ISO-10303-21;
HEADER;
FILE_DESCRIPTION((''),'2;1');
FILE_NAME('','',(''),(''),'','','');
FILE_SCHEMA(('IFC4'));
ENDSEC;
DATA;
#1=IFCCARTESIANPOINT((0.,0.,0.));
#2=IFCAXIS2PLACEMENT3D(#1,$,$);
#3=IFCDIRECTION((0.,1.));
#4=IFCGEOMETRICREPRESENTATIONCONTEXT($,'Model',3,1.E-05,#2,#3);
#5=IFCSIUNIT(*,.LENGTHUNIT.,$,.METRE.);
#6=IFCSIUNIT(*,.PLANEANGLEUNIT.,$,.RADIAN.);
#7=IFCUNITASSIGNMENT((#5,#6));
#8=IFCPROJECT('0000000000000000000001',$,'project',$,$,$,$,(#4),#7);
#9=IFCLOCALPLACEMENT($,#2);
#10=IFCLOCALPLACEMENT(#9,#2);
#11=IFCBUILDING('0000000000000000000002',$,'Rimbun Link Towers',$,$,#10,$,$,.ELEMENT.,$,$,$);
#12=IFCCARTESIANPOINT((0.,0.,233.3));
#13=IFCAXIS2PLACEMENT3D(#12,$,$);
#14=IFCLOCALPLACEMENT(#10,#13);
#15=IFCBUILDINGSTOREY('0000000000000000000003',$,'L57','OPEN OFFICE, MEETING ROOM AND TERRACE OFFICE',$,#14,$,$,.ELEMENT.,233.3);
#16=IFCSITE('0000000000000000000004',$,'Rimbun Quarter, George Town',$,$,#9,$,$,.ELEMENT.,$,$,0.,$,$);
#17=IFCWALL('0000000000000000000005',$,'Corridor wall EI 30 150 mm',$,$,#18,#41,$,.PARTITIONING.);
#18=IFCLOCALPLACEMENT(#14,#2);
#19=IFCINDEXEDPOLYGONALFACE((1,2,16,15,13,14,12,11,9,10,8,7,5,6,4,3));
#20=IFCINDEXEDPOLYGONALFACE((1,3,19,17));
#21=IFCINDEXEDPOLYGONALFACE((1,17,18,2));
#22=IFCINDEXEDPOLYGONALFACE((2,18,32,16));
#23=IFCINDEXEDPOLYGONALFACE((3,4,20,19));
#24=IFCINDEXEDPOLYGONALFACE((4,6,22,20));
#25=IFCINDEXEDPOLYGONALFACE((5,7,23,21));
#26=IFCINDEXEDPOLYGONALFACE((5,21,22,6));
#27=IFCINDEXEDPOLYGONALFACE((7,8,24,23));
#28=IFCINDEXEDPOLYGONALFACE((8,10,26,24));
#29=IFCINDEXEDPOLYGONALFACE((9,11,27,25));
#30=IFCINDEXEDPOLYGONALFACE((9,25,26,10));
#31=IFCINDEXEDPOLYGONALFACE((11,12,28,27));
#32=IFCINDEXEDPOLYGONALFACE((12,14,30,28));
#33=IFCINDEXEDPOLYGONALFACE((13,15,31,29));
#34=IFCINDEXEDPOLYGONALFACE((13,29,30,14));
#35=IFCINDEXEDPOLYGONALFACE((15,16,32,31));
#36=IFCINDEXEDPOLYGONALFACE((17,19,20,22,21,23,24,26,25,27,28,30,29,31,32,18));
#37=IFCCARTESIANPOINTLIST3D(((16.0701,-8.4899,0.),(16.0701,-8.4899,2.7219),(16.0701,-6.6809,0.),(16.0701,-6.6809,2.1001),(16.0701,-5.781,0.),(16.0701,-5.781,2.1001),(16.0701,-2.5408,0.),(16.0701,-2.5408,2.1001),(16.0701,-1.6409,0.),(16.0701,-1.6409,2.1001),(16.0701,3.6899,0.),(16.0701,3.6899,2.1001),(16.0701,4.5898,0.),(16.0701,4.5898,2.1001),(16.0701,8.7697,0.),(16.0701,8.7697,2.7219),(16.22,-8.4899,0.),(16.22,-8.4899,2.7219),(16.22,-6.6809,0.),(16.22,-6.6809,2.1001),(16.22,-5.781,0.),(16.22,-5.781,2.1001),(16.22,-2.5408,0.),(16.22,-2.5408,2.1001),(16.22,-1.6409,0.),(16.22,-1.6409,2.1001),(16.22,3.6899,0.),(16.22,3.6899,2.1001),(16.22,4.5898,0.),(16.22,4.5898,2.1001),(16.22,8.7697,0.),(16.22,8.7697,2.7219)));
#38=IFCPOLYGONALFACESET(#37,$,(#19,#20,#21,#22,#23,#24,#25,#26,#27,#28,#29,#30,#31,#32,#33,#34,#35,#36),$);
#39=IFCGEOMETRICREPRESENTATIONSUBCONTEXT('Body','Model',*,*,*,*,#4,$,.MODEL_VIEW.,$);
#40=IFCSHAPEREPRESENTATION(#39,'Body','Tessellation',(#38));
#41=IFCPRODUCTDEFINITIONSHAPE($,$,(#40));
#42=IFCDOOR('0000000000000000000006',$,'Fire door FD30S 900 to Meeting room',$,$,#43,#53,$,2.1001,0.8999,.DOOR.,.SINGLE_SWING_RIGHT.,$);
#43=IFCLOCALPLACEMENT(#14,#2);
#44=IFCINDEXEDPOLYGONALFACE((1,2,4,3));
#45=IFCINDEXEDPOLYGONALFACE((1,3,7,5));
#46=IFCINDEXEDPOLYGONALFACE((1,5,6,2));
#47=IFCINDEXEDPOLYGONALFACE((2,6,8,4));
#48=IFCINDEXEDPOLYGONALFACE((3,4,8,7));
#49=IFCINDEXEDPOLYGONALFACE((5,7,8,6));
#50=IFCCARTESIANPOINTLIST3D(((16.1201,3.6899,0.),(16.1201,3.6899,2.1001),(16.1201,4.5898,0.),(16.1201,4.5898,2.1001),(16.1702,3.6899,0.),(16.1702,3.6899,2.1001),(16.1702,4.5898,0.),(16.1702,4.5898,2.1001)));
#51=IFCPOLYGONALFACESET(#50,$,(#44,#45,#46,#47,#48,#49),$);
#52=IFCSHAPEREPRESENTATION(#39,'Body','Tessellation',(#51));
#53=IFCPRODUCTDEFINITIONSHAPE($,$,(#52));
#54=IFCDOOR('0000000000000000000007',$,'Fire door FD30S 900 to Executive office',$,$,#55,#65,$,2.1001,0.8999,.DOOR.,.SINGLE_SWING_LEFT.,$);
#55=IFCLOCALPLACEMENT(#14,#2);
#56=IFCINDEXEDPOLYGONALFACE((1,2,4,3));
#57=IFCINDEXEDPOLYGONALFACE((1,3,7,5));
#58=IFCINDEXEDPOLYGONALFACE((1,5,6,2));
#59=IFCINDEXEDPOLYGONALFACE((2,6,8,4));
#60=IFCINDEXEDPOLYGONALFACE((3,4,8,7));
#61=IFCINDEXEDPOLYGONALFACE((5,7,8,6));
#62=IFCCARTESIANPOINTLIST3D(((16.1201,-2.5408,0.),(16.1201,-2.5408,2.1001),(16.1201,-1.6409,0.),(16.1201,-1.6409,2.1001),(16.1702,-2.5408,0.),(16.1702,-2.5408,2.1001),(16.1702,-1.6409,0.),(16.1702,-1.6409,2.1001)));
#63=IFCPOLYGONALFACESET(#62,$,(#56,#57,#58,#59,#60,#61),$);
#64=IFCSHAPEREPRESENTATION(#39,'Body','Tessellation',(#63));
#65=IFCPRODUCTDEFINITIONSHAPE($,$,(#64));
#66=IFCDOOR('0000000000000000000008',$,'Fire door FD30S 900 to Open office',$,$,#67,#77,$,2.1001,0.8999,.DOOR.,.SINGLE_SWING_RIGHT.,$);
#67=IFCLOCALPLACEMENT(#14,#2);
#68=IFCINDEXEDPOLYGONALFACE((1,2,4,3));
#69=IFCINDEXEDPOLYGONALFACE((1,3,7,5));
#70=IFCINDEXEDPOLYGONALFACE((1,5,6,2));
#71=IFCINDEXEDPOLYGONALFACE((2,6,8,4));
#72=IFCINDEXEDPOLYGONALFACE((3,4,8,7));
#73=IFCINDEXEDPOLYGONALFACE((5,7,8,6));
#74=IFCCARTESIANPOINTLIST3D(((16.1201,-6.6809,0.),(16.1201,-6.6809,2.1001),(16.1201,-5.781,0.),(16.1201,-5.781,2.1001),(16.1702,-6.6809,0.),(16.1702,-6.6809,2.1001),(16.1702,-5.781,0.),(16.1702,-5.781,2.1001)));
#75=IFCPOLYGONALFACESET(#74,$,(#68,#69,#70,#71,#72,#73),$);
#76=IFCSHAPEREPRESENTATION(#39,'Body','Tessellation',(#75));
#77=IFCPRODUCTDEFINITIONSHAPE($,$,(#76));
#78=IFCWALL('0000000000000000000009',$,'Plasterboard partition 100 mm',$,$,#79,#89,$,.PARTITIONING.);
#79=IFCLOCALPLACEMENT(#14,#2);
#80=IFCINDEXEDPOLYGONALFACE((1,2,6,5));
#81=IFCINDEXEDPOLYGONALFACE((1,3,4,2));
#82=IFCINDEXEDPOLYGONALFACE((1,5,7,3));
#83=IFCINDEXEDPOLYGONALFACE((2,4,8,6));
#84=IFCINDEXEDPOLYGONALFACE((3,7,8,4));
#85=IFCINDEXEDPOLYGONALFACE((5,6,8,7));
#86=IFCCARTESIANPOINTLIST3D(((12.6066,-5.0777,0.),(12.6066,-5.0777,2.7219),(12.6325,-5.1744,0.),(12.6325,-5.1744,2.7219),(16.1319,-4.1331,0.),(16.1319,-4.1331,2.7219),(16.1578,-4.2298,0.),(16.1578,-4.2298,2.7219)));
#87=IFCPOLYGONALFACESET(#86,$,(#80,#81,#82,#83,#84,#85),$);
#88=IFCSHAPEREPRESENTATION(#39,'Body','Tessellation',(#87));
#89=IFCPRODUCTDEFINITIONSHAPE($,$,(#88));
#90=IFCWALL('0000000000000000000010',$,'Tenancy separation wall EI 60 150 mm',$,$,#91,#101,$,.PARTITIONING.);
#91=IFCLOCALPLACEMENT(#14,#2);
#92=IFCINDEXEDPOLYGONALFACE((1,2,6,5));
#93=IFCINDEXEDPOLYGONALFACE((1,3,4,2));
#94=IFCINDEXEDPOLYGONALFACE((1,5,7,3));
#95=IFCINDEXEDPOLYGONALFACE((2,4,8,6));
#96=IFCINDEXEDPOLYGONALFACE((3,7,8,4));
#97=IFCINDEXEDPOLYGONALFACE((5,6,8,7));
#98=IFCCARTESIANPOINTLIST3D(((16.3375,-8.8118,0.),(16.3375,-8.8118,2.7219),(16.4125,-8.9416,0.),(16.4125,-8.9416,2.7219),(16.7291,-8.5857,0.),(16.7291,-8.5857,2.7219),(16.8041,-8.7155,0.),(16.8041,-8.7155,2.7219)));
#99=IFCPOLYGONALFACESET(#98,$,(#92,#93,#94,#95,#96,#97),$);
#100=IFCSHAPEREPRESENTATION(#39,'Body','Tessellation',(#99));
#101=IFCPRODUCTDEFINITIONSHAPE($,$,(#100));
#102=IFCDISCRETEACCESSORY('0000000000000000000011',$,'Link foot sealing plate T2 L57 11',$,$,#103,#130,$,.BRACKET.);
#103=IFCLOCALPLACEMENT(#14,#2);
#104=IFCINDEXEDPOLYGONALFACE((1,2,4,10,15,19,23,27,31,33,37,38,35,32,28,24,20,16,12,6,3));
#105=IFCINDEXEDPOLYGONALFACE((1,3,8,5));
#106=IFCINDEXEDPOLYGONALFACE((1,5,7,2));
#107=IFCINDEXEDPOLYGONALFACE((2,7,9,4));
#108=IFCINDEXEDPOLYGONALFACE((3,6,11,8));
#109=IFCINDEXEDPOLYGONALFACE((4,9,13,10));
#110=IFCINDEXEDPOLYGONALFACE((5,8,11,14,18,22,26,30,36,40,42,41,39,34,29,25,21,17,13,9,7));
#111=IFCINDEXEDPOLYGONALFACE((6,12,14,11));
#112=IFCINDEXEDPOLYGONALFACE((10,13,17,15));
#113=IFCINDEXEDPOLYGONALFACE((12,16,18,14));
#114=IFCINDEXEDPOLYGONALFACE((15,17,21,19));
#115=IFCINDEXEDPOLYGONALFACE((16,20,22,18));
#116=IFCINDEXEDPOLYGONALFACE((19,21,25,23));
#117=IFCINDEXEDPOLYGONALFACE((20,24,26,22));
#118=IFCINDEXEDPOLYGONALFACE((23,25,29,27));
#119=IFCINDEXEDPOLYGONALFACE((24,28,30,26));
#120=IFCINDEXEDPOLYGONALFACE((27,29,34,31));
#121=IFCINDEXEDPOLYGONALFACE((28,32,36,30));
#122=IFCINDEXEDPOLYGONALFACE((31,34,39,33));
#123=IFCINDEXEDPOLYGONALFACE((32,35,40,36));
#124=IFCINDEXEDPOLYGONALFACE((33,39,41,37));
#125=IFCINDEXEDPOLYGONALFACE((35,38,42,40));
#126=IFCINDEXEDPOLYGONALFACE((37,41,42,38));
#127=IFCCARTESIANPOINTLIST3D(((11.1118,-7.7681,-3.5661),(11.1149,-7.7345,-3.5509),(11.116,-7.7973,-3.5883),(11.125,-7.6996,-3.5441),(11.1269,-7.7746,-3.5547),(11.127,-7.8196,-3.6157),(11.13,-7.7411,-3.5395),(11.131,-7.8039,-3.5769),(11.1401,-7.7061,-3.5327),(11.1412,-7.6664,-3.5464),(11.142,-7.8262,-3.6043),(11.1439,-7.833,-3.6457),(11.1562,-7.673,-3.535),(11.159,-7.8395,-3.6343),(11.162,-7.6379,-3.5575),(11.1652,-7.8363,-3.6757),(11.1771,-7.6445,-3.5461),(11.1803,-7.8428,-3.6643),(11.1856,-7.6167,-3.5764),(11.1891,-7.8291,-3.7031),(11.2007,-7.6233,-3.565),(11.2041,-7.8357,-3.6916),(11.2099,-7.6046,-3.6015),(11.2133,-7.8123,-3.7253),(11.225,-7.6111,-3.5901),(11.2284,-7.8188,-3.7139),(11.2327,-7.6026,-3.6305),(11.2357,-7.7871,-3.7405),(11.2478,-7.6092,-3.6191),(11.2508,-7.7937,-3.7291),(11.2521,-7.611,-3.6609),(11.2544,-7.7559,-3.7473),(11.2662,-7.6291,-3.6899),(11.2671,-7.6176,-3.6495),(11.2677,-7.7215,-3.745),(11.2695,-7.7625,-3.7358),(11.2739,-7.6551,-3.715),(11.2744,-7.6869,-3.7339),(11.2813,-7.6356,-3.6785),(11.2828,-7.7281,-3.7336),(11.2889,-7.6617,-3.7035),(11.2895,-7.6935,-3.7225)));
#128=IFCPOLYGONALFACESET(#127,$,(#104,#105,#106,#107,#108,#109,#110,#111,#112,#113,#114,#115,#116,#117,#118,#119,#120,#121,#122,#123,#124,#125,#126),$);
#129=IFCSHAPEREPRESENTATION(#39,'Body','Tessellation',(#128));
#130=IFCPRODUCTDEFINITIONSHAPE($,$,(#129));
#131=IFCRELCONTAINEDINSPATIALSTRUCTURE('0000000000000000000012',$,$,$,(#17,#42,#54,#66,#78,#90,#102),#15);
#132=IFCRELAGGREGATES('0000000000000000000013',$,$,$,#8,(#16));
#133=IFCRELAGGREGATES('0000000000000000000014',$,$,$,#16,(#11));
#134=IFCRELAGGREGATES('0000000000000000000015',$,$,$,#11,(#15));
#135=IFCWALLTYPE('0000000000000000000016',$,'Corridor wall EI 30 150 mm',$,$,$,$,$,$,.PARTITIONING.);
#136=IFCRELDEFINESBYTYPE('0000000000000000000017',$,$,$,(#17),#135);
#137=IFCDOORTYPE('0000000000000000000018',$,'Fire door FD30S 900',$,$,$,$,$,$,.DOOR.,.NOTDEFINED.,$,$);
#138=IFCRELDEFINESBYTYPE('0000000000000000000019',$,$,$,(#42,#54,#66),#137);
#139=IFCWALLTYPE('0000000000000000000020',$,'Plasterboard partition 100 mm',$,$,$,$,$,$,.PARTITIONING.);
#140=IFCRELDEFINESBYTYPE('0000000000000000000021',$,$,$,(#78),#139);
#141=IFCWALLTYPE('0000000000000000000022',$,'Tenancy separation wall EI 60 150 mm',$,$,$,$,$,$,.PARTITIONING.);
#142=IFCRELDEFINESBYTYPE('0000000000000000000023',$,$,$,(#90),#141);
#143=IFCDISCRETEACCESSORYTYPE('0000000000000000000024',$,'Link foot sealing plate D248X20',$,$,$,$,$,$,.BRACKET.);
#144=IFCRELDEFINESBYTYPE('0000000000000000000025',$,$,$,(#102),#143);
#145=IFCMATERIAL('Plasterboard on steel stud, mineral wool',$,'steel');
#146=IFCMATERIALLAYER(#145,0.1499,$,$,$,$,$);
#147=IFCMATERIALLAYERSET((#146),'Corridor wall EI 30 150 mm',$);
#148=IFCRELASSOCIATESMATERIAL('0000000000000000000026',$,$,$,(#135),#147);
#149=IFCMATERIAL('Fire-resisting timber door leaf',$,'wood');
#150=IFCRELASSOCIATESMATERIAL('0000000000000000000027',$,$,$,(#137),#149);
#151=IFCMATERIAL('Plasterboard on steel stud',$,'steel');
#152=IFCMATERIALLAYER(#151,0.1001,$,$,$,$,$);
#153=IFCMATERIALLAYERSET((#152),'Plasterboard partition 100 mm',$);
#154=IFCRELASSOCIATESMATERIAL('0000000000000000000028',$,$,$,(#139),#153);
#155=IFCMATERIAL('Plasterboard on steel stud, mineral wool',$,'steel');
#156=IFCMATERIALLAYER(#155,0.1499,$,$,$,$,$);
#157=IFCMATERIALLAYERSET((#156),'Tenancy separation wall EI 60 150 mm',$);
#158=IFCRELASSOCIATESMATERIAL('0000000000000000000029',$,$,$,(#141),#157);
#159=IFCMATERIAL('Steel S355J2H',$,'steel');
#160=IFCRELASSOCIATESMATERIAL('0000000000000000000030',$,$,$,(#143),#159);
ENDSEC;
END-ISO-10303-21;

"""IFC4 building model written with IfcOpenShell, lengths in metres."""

from ifc_helpers import new_model, si_unit, direction, frame, frame_2d, origin, origin_2d, place, context, subcontext, project, spatial, rectangle, circle, extrude, material, layer, layer_set, material_profile, profile_set, type_object, element, fill, save


model = new_model("IFC4")

# Units and contexts
model_context = context("Model", 3, precision=1e-05, world=origin(), true_north=direction((0.0, 1.0)))
body_context = subcontext(model_context, "Body", "Model", "MODEL_VIEW")
ifc_project = project(units=[si_unit("LENGTHUNIT", "METRE"), si_unit("PLANEANGLEUNIT", "RADIAN")], contexts=[model_context])

# Site, building, storey
site_placement = place(None, origin())
site = spatial("IfcSite", under=ifc_project, at=site_placement, Name="Rimbun Quarter, George Town", CompositionType="ELEMENT", RefElevation=0.0)
building_placement = place(site_placement, origin())
building = spatial("IfcBuilding", under=site, at=building_placement, Name="Rimbun Link Towers", CompositionType="ELEMENT")
storey_placement = place(building_placement, frame((0.0, 0.0, 233.3)))
storey = spatial("IfcBuildingStorey", under=building, at=storey_placement, Name="L57", Description="OPEN OFFICE, MEETING ROOM AND TERRACE OFFICE", CompositionType="ELEMENT", Elevation=233.3)

# Shared definitions
ifc_material_1 = material(Name="Plasterboard on steel stud, mineral wool", Category="steel")
ifc_layer_1 = layer(ifc_material_1, 0.1499)
ifc_layer_set_1 = layer_set([ifc_layer_1], Name="Corridor wall EI 30 150 mm")
wall_type_1 = type_object("IfcWallType", Name="Corridor wall EI 30 150 mm", PredefinedType="PARTITIONING", material=ifc_layer_set_1)

# Wall, openings, doors
wall_1_placement = place(storey_placement, frame((16.145, -8.49, 0.0), z_axis=(0.0, 0.0, 1.0), x_axis=(0.0, 1.0, 0.0)))
wall_1 = element("IfcWall", 1, at=wall_1_placement, inside=storey, type_object=wall_type_1, Name="Corridor wall EI 30 150 mm", PredefinedType="PARTITIONING", context=body_context, shape_type="SweptSolid", body=[
    extrude(rectangle(XDim=17.2595, YDim=0.1499, at=frame_2d((8.6299, 0.0))), origin(), (0.0, 0.0, 1.0), 2.7219),
])
opening_1_placement = place(wall_1_placement, frame((12.1799, 0.0, 0.0)))
opening_1 = element("IfcOpeningElement", 2, at=opening_1_placement, cuts=wall_1, PredefinedType="OPENING", context=body_context, shape_type="SweptSolid", body=[
    extrude(rectangle(XDim=0.8999, YDim=2.1001, at=frame_2d((0.45, 1.05))), frame((0.0, 0.085, 0.0), z_axis=(0.0, -1.0, 0.0), x_axis=(1.0, 0.0, 0.0)), (0.0, 0.0, 1.0), 0.1699),
])
opening_2_placement = place(wall_1_placement, frame((5.9492, 0.0, 0.0)))
opening_2 = element("IfcOpeningElement", 3, at=opening_2_placement, cuts=wall_1, PredefinedType="OPENING", context=body_context, shape_type="SweptSolid", body=[
    extrude(rectangle(XDim=0.8999, YDim=2.1001, at=frame_2d((0.45, 1.05))), frame((0.0, 0.085, 0.0), z_axis=(0.0, -1.0, 0.0), x_axis=(1.0, 0.0, 0.0)), (0.0, 0.0, 1.0), 0.1699),
])
opening_3_placement = place(wall_1_placement, frame((1.8091, 0.0, 0.0)))
opening_3 = element("IfcOpeningElement", 4, at=opening_3_placement, cuts=wall_1, PredefinedType="OPENING", context=body_context, shape_type="SweptSolid", body=[
    extrude(rectangle(XDim=0.8999, YDim=2.1001, at=frame_2d((0.45, 1.05))), frame((0.0, 0.085, 0.0), z_axis=(0.0, -1.0, 0.0), x_axis=(1.0, 0.0, 0.0)), (0.0, 0.0, 1.0), 0.1699),
])
ifc_material_2 = material(Name="Fire-resisting timber door leaf", Category="wood")
door_type_1 = type_object("IfcDoorType", Name="Fire door FD30S 900", OperationType="NOTDEFINED", PredefinedType="DOOR", material=ifc_material_2)
door_1_placement = place(opening_1_placement, origin())
door_1 = element("IfcDoor", 5, at=door_1_placement, inside=storey, type_object=door_type_1, Name="Fire door FD30S 900 to Meeting room", OperationType="SINGLE_SWING_RIGHT", OverallHeight=2.1001, OverallWidth=0.8999, PredefinedType="DOOR", context=body_context, shape_type="SweptSolid", body=[
    extrude(rectangle(XDim=0.8999, YDim=2.1001, at=frame_2d((0.45, 1.05))), frame((0.0, 0.0249, 0.0), z_axis=(0.0, -1.0, 0.0), x_axis=(1.0, 0.0, 0.0)), (0.0, 0.0, 1.0), 0.05),
])
fill(opening_1, door_1)
door_2_placement = place(opening_2_placement, origin())
door_2 = element("IfcDoor", 6, at=door_2_placement, inside=storey, type_object=door_type_1, Name="Fire door FD30S 900 to Executive office", OperationType="SINGLE_SWING_LEFT", OverallHeight=2.1001, OverallWidth=0.8999, PredefinedType="DOOR", context=body_context, shape_type="SweptSolid", body=[
    extrude(rectangle(XDim=0.8999, YDim=2.1001, at=frame_2d((0.45, 1.05))), frame((0.0, 0.0249, 0.0), z_axis=(0.0, -1.0, 0.0), x_axis=(1.0, 0.0, 0.0)), (0.0, 0.0, 1.0), 0.05),
])
fill(opening_2, door_2)
door_3_placement = place(opening_3_placement, origin())
door_3 = element("IfcDoor", 7, at=door_3_placement, inside=storey, type_object=door_type_1, Name="Fire door FD30S 900 to Open office", OperationType="SINGLE_SWING_RIGHT", OverallHeight=2.1001, OverallWidth=0.8999, PredefinedType="DOOR", context=body_context, shape_type="SweptSolid", body=[
    extrude(rectangle(XDim=0.8999, YDim=2.1001, at=frame_2d((0.45, 1.05))), frame((0.0, 0.0249, 0.0), z_axis=(0.0, -1.0, 0.0), x_axis=(1.0, 0.0, 0.0)), (0.0, 0.0, 1.0), 0.05),
])
fill(opening_3, door_3)

# Walls
ifc_material_3 = material(Name="Plasterboard on steel stud", Category="steel")
ifc_layer_2 = layer(ifc_material_3, 0.1001)
ifc_layer_set_2 = layer_set([ifc_layer_2], Name="Plasterboard partition 100 mm")
wall_type_2 = type_object("IfcWallType", Name="Plasterboard partition 100 mm", PredefinedType="PARTITIONING", material=ifc_layer_set_2)
wall_2_placement = place(storey_placement, frame((12.6196, -5.126, 0.0), z_axis=(0.0, 0.0, 1.0), x_axis=(0.965929, 0.258807, 0.0)))
element("IfcWall", 8, at=wall_2_placement, inside=storey, type_object=wall_type_2, Name="Plasterboard partition 100 mm", PredefinedType="PARTITIONING", context=body_context, shape_type="SweptSolid", body=[
    extrude(rectangle(XDim=3.6497, YDim=0.1001, at=frame_2d((1.8247, 0.0))), origin(), (0.0, 0.0, 1.0), 2.7219),
])
ifc_material_4 = material(Name="Plasterboard on steel stud, mineral wool", Category="steel")
ifc_layer_3 = layer(ifc_material_4, 0.1499)
ifc_layer_set_3 = layer_set([ifc_layer_3], Name="Tenancy separation wall EI 60 150 mm")
wall_type_3 = type_object("IfcWallType", Name="Tenancy separation wall EI 60 150 mm", PredefinedType="PARTITIONING", material=ifc_layer_set_3)
wall_3_placement = place(storey_placement, frame((16.7666, -8.6506, 0.0), z_axis=(0.0, 0.0, 1.0), x_axis=(-0.866042, -0.499972, 0.0)))
element("IfcWall", 9, at=wall_3_placement, inside=storey, type_object=wall_type_3, Name="Tenancy separation wall EI 60 150 mm", PredefinedType="PARTITIONING", context=body_context, shape_type="SweptSolid", body=[
    extrude(rectangle(XDim=0.4521, YDim=0.1499, at=frame_2d((0.2261, 0.0))), origin(), (0.0, 0.0, 1.0), 2.7219),
])

# Discrete accessory
ifc_material_5 = material(Name="Steel S355J2H", Category="steel")
ifc_material_profile_1 = material_profile(ifc_material_5, circle(Radius=0.124, at=origin_2d()), Name="PL D248")
ifc_profile_set_1 = profile_set([ifc_material_profile_1], Name="Steel S355J2H")
discrete_accessory_type = type_object("IfcDiscreteAccessoryType", Name="Link foot sealing plate D248X20", PredefinedType="BRACKET", material=ifc_profile_set_1)
discrete_accessory_placement = place(storey_placement, frame((11.2085, -7.7258, -3.6343), z_axis=(-0.752858, 0.327857, -0.570715), x_axis=(-0.399267, -0.916835, 0.0)))
element("IfcDiscreteAccessory", 10, at=discrete_accessory_placement, inside=storey, type_object=discrete_accessory_type, Name="Link foot sealing plate T2 L57 11", PredefinedType="BRACKET", context=body_context, shape_type="SweptSolid", body=[
    extrude(circle(Radius=0.124, at=origin_2d()), origin(), (0.0, 0.0, 1.0), 0.02),
])

save(model, "model.ifc")
